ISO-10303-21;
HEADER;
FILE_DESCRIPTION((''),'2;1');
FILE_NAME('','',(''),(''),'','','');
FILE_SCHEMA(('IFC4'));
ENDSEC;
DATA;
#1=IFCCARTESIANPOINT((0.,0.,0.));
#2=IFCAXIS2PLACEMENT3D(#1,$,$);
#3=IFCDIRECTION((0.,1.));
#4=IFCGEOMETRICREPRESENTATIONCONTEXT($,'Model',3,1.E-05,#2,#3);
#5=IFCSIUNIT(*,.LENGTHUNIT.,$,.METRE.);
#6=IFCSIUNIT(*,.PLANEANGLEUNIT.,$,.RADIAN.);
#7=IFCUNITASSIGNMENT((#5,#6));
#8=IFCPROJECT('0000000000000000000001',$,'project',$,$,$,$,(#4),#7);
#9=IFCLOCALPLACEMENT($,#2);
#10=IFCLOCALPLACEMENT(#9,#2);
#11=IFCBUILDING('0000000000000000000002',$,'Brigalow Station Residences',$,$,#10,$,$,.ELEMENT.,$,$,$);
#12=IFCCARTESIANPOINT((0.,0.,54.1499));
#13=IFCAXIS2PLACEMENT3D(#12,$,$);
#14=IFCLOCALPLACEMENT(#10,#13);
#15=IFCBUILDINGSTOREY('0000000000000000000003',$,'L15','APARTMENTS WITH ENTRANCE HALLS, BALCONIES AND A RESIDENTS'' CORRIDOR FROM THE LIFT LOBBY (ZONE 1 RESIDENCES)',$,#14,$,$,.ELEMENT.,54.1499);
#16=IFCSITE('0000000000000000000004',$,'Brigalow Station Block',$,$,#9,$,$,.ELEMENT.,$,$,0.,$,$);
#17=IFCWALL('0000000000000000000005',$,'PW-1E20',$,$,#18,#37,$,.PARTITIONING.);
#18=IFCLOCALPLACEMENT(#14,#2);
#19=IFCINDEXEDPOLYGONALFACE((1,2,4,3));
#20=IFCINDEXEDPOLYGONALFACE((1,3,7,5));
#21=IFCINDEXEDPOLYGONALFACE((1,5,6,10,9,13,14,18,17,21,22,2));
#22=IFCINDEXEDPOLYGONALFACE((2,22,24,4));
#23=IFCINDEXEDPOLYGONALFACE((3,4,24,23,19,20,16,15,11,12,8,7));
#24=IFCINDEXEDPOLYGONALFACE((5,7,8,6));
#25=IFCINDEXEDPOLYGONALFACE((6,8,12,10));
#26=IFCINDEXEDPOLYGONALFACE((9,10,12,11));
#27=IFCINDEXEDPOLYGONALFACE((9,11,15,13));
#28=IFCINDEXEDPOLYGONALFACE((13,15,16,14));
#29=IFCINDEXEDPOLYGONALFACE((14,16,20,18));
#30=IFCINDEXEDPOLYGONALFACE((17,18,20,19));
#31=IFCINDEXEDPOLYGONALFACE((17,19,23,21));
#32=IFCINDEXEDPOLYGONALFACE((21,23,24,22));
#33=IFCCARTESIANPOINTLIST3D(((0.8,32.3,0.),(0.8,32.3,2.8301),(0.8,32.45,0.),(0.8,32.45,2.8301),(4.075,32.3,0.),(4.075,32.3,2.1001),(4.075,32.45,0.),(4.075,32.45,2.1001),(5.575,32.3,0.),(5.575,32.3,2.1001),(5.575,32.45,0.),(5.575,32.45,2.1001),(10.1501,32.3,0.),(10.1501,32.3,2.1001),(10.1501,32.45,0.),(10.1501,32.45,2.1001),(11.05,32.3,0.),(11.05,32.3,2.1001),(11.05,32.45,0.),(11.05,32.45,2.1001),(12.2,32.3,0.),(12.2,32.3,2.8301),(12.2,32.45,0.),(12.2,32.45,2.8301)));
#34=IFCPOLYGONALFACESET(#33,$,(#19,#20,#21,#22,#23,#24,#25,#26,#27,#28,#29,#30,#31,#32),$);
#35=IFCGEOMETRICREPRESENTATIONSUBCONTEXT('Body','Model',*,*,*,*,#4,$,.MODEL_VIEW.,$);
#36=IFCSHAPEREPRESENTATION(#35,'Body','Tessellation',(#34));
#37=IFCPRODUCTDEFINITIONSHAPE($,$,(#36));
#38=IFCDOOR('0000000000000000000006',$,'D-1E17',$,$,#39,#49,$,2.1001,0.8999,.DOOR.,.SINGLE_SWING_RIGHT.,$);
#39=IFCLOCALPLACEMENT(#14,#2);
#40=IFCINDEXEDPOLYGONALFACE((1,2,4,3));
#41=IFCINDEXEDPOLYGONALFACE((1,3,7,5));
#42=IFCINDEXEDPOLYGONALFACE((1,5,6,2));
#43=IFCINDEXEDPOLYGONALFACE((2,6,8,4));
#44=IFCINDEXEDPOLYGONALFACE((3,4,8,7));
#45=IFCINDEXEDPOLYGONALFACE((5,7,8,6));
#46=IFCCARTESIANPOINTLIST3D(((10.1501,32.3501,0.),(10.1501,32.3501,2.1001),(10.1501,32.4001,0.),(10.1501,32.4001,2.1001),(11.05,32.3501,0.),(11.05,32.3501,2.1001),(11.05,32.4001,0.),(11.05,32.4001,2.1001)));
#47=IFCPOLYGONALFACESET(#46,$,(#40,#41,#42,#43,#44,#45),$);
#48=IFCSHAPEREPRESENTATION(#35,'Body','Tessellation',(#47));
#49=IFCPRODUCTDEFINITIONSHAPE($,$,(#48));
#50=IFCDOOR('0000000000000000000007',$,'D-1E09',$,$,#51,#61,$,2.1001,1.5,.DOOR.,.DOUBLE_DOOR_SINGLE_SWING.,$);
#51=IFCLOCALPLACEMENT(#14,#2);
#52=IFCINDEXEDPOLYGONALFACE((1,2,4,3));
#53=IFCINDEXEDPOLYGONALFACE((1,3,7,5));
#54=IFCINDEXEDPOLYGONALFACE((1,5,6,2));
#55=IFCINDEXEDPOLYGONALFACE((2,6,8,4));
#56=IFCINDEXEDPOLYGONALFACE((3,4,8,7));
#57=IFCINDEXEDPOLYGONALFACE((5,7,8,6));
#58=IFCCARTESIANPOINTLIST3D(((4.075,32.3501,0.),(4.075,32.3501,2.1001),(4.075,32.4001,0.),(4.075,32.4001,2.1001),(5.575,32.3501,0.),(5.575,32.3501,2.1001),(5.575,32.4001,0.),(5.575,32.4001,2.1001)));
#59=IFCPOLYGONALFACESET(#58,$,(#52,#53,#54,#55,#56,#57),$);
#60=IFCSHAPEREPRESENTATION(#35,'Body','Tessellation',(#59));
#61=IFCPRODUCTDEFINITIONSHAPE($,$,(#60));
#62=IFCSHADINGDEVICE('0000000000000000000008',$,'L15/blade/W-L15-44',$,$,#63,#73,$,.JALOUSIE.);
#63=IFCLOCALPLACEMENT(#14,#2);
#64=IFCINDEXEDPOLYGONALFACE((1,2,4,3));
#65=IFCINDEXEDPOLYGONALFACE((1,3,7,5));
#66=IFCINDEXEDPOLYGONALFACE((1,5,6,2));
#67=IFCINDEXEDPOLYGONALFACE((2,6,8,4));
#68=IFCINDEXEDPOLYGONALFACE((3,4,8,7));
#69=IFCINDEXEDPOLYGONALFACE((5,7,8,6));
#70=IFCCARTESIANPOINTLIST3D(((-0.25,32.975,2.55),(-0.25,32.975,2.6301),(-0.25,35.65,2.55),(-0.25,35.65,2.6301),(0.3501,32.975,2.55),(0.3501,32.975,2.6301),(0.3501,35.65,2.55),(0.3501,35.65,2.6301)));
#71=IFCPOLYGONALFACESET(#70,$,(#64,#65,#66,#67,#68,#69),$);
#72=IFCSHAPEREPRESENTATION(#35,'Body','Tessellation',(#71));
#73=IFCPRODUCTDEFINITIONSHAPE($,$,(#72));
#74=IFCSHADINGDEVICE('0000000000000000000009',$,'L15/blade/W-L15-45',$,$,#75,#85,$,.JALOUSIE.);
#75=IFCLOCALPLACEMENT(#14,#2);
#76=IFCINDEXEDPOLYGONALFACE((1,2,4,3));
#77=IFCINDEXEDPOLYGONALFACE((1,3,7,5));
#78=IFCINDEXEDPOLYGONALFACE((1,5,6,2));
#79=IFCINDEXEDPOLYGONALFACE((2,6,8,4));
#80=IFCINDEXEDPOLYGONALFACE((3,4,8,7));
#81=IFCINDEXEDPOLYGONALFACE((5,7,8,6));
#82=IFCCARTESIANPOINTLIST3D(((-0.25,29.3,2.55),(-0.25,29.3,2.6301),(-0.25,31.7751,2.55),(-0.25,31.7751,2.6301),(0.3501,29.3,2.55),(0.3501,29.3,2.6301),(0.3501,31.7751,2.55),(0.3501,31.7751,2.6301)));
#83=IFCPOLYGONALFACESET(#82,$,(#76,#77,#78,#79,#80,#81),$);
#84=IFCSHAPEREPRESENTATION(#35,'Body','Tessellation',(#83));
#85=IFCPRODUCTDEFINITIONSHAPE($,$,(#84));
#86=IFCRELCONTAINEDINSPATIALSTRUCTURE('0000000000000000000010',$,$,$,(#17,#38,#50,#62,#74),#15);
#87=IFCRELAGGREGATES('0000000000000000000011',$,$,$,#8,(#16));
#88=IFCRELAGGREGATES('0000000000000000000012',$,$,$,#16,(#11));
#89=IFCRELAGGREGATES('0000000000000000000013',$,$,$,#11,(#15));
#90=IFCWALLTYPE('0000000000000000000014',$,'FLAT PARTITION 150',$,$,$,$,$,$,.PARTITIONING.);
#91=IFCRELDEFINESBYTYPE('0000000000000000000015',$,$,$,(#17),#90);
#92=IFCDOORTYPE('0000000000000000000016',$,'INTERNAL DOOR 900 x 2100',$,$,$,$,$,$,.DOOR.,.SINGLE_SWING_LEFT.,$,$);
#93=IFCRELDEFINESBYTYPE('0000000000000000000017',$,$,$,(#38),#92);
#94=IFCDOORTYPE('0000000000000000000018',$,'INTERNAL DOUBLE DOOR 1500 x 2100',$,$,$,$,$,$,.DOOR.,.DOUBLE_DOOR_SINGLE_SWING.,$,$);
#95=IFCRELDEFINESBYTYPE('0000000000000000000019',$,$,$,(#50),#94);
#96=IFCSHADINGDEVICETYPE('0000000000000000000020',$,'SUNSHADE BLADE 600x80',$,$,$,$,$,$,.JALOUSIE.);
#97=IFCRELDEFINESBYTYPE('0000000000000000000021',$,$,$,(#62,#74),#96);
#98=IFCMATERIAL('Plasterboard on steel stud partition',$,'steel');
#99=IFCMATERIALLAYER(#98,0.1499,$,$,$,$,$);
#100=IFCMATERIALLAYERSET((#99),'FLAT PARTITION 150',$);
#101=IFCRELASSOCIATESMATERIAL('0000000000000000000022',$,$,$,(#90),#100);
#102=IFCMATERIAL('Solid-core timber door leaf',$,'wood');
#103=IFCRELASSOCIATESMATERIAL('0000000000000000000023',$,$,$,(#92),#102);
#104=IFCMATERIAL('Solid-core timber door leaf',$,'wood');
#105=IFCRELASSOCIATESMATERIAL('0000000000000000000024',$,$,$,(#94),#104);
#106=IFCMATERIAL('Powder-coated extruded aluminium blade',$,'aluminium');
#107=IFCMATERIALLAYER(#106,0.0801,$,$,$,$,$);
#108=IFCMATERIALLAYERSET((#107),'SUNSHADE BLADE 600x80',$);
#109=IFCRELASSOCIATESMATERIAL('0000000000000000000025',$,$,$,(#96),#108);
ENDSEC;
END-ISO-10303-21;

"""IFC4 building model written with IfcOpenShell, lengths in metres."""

from ifc_helpers import new_model, si_unit, direction, frame, frame_2d, origin, origin_2d, place, context, subcontext, project, spatial, rectangle, extrude, material, layer, layer_set, type_object, element, fill, save


model = new_model("IFC4")

# Units and contexts
model_context = context("Model", 3, precision=1e-05, world=origin(), true_north=direction((0.0, 1.0)))
body_context = subcontext(model_context, "Body", "Model", "MODEL_VIEW")
ifc_project = project(units=[si_unit("LENGTHUNIT", "METRE"), si_unit("PLANEANGLEUNIT", "RADIAN")], contexts=[model_context])

# Site, building, storey
site_placement = place(None, origin())
site = spatial("IfcSite", under=ifc_project, at=site_placement, Name="Brigalow Station Block", CompositionType="ELEMENT", RefElevation=0.0)
building_placement = place(site_placement, origin())
building = spatial("IfcBuilding", under=site, at=building_placement, Name="Brigalow Station Residences", CompositionType="ELEMENT")
storey_placement = place(building_placement, frame((0.0, 0.0, 54.1499)))
storey = spatial("IfcBuildingStorey", under=building, at=storey_placement, Name="L15", Description="APARTMENTS WITH ENTRANCE HALLS, BALCONIES AND A RESIDENTS' CORRIDOR FROM THE LIFT LOBBY (ZONE 1 RESIDENCES)", CompositionType="ELEMENT", Elevation=54.1499)

# Wall, openings, doors
ifc_material_1 = material(Name="Plasterboard on steel stud partition", Category="steel")
ifc_layer_1 = layer(ifc_material_1, 0.1499)
ifc_layer_set_1 = layer_set([ifc_layer_1], Name="FLAT PARTITION 150")
wall_type_1 = type_object("IfcWallType", Name="FLAT PARTITION 150", PredefinedType="PARTITIONING", material=ifc_layer_set_1)
wall_1_placement = place(storey_placement, frame((0.8, 32.375, 0.0), z_axis=(0.0, 0.0, 1.0), x_axis=(1.0, 0.0, 0.0)))
wall_1 = element("IfcWall", 1, at=wall_1_placement, inside=storey, type_object=wall_type_1, Name="PW-1E20", PredefinedType="PARTITIONING", context=body_context, shape_type="SweptSolid", body=[
    extrude(rectangle(XDim=11.3999, YDim=0.1499, at=frame_2d((5.7, 0.0))), origin(), (0.0, 0.0, 1.0), 2.8301),
])
opening_1_placement = place(wall_1_placement, frame((3.2749, 0.0, 0.0)))
opening_1 = element("IfcOpeningElement", 2, at=opening_1_placement, cuts=wall_1, PredefinedType="OPENING", context=body_context, shape_type="SweptSolid", body=[
    extrude(rectangle(XDim=1.5, YDim=2.1001, at=frame_2d((0.75, 1.05))), frame((0.0, 0.085, 0.0), z_axis=(0.0, -1.0, 0.0), x_axis=(1.0, 0.0, 0.0)), (0.0, 0.0, 1.0), 0.1699),
])
opening_2_placement = place(wall_1_placement, frame((9.3501, 0.0, 0.0)))
opening_2 = element("IfcOpeningElement", 3, at=opening_2_placement, cuts=wall_1, PredefinedType="OPENING", context=body_context, shape_type="SweptSolid", body=[
    extrude(rectangle(XDim=0.8999, YDim=2.1001, at=frame_2d((0.45, 1.05))), frame((0.0, 0.085, 0.0), z_axis=(0.0, -1.0, 0.0), x_axis=(1.0, 0.0, 0.0)), (0.0, 0.0, 1.0), 0.1699),
])
ifc_material_2 = material(Name="Solid-core timber door leaf", Category="wood")
door_type_1 = type_object("IfcDoorType", Name="INTERNAL DOOR 900 x 2100", OperationType="SINGLE_SWING_LEFT", PredefinedType="DOOR", material=ifc_material_2)
door_1_placement = place(opening_2_placement, frame((0.8999, 0.0, 0.0), z_axis=(0.0, 0.0, 1.0), x_axis=(-1.0, 0.0, 0.0)))
door_1 = element("IfcDoor", 4, at=door_1_placement, inside=storey, type_object=door_type_1, Name="D-1E17", OperationType="SINGLE_SWING_RIGHT", OverallHeight=2.1001, OverallWidth=0.8999, PredefinedType="DOOR", context=body_context, shape_type="SweptSolid", body=[
    extrude(rectangle(XDim=0.8999, YDim=2.1001, at=frame_2d((0.45, 1.05))), frame((0.0, 0.0249, 0.0), z_axis=(0.0, -1.0, 0.0), x_axis=(1.0, 0.0, 0.0)), (0.0, 0.0, 1.0), 0.05),
])
fill(opening_2, door_1)
ifc_material_3 = material(Name="Solid-core timber door leaf", Category="wood")
door_type_2 = type_object("IfcDoorType", Name="INTERNAL DOUBLE DOOR 1500 x 2100", OperationType="DOUBLE_DOOR_SINGLE_SWING", PredefinedType="DOOR", material=ifc_material_3)
door_2_placement = place(opening_1_placement, frame((1.5, 0.0, 0.0), z_axis=(0.0, 0.0, 1.0), x_axis=(-1.0, 0.0, 0.0)))
door_2 = element("IfcDoor", 5, at=door_2_placement, inside=storey, type_object=door_type_2, Name="D-1E09", OperationType="DOUBLE_DOOR_SINGLE_SWING", OverallHeight=2.1001, OverallWidth=1.5, PredefinedType="DOOR", context=body_context, shape_type="SweptSolid", body=[
    extrude(rectangle(XDim=1.5, YDim=2.1001, at=frame_2d((0.75, 1.05))), frame((0.0, 0.0249, 0.0), z_axis=(0.0, -1.0, 0.0), x_axis=(1.0, 0.0, 0.0)), (0.0, 0.0, 1.0), 0.05),
])
fill(opening_1, door_2)

# Shading devices
ifc_material_4 = material(Name="Powder-coated extruded aluminium blade", Category="aluminium")
ifc_layer_2 = layer(ifc_material_4, 0.0801)
ifc_layer_set_2 = layer_set([ifc_layer_2], Name="SUNSHADE BLADE 600x80")
shading_device_type = type_object("IfcShadingDeviceType", Name="SUNSHADE BLADE 600x80", PredefinedType="JALOUSIE", material=ifc_layer_set_2)
shading_device_1_placement = place(storey_placement, frame((0.05, 34.3125, 2.55), z_axis=(0.0, 0.0, 1.0), x_axis=(0.0, -1.0, 0.0)))
element("IfcShadingDevice", 6, at=shading_device_1_placement, inside=storey, type_object=shading_device_type, Name="L15/blade/W-L15-44", PredefinedType="JALOUSIE", context=body_context, shape_type="SweptSolid", body=[
    extrude(rectangle(XDim=2.675, YDim=0.6001, at=origin_2d()), origin(), (0.0, 0.0, 1.0), 0.0801),
])
shading_device_2_placement = place(storey_placement, frame((0.05, 30.5376, 2.55), z_axis=(0.0, 0.0, 1.0), x_axis=(0.0, -1.0, 0.0)))
element("IfcShadingDevice", 7, at=shading_device_2_placement, inside=storey, type_object=shading_device_type, Name="L15/blade/W-L15-45", PredefinedType="JALOUSIE", context=body_context, shape_type="SweptSolid", body=[
    extrude(rectangle(XDim=2.4751, YDim=0.6001, at=origin_2d()), origin(), (0.0, 0.0, 1.0), 0.0801),
])

save(model, "model.ifc")
